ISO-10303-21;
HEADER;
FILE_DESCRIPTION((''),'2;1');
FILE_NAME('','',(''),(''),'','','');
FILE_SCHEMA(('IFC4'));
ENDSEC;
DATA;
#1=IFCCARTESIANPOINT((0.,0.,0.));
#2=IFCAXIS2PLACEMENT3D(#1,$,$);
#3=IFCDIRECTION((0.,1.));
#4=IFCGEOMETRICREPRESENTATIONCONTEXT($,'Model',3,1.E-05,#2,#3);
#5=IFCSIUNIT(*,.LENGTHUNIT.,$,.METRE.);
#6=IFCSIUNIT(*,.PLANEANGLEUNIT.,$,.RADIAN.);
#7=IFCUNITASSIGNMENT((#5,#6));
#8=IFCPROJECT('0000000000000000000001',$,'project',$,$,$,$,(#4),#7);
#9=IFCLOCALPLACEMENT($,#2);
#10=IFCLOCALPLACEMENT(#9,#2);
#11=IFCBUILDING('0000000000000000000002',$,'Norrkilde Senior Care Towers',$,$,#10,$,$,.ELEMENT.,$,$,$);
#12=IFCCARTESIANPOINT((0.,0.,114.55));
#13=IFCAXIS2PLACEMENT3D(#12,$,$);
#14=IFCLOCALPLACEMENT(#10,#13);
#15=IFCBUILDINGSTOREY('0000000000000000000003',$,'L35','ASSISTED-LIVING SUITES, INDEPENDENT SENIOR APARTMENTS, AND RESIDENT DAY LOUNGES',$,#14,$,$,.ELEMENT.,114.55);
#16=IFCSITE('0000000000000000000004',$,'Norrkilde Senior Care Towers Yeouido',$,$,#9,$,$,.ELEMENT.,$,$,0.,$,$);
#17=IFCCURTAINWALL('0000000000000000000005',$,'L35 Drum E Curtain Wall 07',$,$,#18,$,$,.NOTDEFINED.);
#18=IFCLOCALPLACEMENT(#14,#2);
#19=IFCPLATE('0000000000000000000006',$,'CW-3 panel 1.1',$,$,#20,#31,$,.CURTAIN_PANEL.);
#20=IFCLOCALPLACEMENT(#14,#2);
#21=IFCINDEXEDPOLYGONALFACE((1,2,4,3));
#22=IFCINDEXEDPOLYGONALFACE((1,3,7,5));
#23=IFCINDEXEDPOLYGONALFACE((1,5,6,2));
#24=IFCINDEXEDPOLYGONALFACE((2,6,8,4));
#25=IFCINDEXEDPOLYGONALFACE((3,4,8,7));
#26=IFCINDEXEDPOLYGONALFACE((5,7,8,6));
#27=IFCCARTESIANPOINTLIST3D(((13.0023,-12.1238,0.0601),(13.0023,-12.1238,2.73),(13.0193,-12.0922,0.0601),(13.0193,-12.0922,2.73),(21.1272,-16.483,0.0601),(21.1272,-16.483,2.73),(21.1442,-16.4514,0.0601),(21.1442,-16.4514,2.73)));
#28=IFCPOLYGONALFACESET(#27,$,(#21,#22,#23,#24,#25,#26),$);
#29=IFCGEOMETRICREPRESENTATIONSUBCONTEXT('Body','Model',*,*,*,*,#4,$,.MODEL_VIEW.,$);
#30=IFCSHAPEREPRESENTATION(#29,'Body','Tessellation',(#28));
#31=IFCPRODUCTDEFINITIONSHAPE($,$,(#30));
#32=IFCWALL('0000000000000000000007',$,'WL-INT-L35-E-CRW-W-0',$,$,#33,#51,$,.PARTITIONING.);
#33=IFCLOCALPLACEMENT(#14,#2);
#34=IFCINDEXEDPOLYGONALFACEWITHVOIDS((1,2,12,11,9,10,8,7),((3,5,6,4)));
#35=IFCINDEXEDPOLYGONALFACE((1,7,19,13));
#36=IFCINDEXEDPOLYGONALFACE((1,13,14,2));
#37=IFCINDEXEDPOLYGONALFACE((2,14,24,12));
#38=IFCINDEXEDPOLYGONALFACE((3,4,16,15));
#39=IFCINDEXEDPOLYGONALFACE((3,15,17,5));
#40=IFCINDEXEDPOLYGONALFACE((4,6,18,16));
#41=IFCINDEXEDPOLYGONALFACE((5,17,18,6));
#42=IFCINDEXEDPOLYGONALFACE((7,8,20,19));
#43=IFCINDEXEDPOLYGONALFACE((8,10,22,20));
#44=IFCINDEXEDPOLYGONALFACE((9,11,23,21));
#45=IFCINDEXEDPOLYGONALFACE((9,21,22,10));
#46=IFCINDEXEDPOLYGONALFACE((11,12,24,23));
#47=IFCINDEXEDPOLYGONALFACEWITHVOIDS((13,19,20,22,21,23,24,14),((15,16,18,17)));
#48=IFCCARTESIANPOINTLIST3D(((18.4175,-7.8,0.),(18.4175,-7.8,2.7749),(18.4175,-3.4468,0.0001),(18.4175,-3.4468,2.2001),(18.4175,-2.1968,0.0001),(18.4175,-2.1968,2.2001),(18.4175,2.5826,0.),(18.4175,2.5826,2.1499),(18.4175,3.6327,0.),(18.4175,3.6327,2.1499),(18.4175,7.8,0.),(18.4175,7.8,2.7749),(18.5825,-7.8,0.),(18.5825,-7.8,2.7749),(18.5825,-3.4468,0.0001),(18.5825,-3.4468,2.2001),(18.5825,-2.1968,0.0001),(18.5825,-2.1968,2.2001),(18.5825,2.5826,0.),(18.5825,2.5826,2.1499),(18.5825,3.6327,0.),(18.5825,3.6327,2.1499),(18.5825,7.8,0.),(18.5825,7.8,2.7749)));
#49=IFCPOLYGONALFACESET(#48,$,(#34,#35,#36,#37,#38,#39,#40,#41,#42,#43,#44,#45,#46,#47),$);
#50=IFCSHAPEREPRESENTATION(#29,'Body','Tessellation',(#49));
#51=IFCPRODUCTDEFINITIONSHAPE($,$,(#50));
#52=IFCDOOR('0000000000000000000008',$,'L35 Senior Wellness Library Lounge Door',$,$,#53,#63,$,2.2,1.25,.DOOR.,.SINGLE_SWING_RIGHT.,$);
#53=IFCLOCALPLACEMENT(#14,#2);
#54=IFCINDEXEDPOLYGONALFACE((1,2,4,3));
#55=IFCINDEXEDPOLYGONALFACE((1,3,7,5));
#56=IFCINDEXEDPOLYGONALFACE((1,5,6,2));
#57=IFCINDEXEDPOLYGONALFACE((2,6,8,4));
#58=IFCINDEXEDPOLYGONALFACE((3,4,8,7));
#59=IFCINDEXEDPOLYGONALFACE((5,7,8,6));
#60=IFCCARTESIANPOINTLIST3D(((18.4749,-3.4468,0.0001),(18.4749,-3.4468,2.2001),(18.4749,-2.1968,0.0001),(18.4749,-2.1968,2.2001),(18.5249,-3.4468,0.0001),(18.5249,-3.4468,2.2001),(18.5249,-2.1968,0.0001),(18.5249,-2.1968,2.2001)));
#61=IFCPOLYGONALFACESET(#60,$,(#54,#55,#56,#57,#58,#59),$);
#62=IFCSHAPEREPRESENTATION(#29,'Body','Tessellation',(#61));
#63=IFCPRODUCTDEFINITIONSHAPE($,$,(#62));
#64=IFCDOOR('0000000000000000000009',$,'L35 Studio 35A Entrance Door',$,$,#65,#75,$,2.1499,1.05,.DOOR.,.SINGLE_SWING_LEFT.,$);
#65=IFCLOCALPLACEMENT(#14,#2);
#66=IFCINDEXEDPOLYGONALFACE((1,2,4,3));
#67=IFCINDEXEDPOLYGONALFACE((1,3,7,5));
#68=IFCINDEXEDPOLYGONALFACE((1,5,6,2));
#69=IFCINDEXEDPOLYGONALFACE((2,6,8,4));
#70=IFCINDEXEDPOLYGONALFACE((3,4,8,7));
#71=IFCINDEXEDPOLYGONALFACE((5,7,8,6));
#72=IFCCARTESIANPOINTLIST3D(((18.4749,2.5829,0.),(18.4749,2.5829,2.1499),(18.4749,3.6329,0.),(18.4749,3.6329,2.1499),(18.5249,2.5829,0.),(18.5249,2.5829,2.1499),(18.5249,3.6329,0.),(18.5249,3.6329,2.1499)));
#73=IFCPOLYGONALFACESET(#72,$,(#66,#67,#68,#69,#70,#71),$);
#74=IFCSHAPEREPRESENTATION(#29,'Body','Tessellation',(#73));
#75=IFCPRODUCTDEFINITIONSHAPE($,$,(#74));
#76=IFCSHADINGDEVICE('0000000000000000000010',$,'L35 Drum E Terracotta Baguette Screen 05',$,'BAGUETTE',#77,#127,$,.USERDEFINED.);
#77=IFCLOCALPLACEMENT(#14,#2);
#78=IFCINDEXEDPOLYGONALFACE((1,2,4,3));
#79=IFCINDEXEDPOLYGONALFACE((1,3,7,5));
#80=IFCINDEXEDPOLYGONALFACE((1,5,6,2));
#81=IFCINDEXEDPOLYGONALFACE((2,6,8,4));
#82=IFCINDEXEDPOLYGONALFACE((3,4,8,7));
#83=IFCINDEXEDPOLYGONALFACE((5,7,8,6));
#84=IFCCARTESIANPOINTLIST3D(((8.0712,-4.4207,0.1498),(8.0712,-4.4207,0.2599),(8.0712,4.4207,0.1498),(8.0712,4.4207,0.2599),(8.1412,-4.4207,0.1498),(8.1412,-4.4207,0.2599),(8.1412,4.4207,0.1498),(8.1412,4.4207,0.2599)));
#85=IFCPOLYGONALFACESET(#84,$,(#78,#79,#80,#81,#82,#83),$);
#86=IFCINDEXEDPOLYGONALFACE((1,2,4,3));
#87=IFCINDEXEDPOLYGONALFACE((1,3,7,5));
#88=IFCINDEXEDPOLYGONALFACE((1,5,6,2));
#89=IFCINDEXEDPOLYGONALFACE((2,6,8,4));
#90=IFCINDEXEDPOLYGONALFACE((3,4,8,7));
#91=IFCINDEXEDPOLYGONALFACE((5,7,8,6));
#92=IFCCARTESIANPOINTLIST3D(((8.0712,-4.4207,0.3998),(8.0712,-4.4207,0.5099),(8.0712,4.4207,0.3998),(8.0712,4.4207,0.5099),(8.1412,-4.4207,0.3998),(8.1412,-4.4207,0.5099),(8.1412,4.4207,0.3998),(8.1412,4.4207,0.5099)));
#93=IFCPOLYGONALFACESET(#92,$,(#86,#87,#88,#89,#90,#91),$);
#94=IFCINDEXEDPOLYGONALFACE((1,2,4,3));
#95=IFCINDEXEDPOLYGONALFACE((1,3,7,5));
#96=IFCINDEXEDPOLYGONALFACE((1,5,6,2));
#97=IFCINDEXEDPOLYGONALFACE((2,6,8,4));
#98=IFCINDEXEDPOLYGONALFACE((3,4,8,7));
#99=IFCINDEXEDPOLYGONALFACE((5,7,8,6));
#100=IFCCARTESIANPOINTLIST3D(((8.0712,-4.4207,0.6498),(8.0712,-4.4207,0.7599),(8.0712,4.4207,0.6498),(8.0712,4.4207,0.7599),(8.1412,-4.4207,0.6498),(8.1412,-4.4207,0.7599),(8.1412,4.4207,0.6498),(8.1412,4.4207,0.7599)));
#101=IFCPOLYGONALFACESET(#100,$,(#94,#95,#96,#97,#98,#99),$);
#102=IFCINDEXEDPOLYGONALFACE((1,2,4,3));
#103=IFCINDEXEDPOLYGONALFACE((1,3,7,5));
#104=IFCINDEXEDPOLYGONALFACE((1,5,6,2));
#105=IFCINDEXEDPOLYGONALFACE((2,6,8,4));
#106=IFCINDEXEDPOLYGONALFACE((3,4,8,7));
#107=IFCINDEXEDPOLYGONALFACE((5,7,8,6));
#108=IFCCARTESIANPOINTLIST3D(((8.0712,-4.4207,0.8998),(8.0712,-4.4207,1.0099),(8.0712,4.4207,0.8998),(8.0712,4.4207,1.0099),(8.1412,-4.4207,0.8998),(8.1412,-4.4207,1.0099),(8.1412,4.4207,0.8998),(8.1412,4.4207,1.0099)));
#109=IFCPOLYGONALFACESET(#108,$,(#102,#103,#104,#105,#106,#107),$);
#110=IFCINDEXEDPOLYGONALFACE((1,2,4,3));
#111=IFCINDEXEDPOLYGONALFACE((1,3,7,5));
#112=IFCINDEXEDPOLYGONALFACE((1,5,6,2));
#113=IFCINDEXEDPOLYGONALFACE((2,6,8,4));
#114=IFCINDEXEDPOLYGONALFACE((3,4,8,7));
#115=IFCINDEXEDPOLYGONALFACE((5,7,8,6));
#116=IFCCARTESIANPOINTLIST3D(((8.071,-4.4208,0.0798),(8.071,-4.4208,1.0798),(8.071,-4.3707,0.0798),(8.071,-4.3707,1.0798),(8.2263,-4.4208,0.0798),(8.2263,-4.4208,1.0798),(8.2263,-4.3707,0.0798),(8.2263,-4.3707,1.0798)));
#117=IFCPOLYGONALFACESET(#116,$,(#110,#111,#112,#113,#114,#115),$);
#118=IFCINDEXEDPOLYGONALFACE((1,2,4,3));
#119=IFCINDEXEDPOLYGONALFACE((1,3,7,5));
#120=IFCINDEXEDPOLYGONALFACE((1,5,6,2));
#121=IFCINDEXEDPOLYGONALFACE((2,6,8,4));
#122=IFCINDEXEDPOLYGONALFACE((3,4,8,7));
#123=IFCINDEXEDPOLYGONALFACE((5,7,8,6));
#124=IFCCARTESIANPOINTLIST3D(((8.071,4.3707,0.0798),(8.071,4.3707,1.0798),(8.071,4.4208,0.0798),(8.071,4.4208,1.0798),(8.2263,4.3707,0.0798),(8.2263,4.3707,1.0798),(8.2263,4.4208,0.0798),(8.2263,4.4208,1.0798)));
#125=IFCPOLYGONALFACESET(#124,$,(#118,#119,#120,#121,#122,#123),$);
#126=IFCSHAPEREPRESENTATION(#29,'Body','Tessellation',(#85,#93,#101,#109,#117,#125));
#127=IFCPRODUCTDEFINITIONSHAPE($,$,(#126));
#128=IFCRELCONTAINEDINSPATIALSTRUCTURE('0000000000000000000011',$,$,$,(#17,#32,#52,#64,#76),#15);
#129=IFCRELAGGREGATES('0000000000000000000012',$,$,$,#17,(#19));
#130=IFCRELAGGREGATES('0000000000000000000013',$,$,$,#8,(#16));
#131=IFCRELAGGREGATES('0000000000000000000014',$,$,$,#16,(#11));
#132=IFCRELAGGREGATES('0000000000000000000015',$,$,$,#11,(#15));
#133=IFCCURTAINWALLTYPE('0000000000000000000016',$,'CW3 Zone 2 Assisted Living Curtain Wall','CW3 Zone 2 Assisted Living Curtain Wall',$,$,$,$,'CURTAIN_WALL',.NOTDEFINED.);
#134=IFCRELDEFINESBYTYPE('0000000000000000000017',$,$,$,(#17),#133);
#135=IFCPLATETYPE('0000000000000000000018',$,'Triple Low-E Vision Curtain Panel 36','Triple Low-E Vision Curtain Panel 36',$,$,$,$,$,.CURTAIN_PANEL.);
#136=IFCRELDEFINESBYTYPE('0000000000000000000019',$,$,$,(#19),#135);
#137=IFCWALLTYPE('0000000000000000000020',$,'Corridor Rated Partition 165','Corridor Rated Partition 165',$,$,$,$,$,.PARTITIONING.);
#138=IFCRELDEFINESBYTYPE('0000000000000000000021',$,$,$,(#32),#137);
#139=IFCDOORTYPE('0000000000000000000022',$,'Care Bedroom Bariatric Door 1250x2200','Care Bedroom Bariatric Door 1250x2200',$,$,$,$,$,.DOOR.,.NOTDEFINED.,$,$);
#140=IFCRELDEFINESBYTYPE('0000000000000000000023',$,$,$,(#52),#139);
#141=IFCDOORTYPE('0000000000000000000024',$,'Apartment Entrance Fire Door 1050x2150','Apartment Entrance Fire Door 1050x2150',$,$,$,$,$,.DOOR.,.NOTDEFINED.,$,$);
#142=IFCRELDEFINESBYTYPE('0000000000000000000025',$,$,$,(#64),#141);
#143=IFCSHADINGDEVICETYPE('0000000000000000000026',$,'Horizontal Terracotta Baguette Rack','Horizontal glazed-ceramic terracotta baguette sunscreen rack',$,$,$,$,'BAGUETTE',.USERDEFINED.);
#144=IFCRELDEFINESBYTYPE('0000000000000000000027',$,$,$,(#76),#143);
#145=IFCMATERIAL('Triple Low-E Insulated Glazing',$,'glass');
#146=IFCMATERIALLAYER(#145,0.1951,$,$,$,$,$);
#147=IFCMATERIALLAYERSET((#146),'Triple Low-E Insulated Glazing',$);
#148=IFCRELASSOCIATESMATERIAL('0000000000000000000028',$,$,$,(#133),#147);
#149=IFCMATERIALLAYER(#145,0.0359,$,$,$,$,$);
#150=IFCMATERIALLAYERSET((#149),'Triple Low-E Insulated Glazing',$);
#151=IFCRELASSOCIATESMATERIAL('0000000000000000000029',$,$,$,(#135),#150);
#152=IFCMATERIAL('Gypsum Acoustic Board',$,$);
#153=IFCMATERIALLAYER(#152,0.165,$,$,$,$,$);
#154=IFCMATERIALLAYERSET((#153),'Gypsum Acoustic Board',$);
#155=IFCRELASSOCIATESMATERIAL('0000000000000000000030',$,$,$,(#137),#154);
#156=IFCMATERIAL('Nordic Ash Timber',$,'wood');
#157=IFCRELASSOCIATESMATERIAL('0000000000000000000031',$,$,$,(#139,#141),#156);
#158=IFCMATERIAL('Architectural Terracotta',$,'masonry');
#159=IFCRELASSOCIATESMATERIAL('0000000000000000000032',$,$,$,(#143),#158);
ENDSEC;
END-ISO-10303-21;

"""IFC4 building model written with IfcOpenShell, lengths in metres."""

from ifc_helpers import new_model, si_unit, direction, frame, frame_2d, origin, origin_2d, place, context, subcontext, project, spatial, rectangle, extrude, source, transform, mapped, material, layer, layer_set, type_object, type_shapes, element, fill, aggregate, save


model = new_model("IFC4")

# Units and contexts
model_context = context("Model", 3, precision=1e-05, world=origin(), true_north=direction((0.0, 1.0)))
body_context = subcontext(model_context, "Body", "Model", "MODEL_VIEW")
ifc_project = project(units=[si_unit("LENGTHUNIT", "METRE"), si_unit("PLANEANGLEUNIT", "RADIAN")], contexts=[model_context])

# Site, building, storey
site_placement = place(None, origin())
site = spatial("IfcSite", under=ifc_project, at=site_placement, Name="Norrkilde Senior Care Towers Yeouido", CompositionType="ELEMENT", RefElevation=0.0)
building_placement = place(site_placement, origin())
building = spatial("IfcBuilding", under=site, at=building_placement, Name="Norrkilde Senior Care Towers", CompositionType="ELEMENT")
storey_placement = place(building_placement, frame((0.0, 0.0, 114.55)))
storey = spatial("IfcBuildingStorey", under=building, at=storey_placement, Name="L35", Description="ASSISTED-LIVING SUITES, INDEPENDENT SENIOR APARTMENTS, AND RESIDENT DAY LOUNGES", CompositionType="ELEMENT", Elevation=114.55)

# Shared definitions
ifc_material_1 = material(Name="Triple Low-E Insulated Glazing", Category="glass")
ifc_layer_1 = layer(ifc_material_1, 0.1951)
ifc_layer_set_1 = layer_set([ifc_layer_1], Name="Triple Low-E Insulated Glazing")
curtain_wall_type = type_object("IfcCurtainWallType", Name="CW3 Zone 2 Assisted Living Curtain Wall", Description="CW3 Zone 2 Assisted Living Curtain Wall", ElementType="CURTAIN_WALL", PredefinedType="NOTDEFINED", material=ifc_layer_set_1)

# Curtain wall
curtain_wall_1_placement = place(storey_placement, origin())
curtain_wall_1 = element("IfcCurtainWall", 1, at=curtain_wall_1_placement, inside=storey, type_object=curtain_wall_type, Name="L35 Drum E Curtain Wall 07", PredefinedType="NOTDEFINED")

# Plate
ifc_layer_2 = layer(ifc_material_1, 0.0359)
ifc_layer_set_2 = layer_set([ifc_layer_2], Name="Triple Low-E Insulated Glazing")
plate_type = type_object("IfcPlateType", Name="Triple Low-E Vision Curtain Panel 36", Description="Triple Low-E Vision Curtain Panel 36", PredefinedType="CURTAIN_PANEL", material=ifc_layer_set_2)
shared_shape_1 = source(origin(), body_context, "Body", "SweptSolid", [
    extrude(rectangle(XDim=9.2205, YDim=0.0359, at=origin_2d()), origin(), (0.0, 0.0, 1.0), 2.6699),
])
plate_1_placement = place(storey_placement, frame((17.0732, -14.2876, 0.0601), z_axis=(0.0, 0.0, 1.0), x_axis=(-0.881186, 0.472769, 0.0)))
plate_1 = element("IfcPlate", 2, at=plate_1_placement, type_object=plate_type, Name="CW-3 panel 1.1", PredefinedType="CURTAIN_PANEL", context=body_context, shape_type="MappedRepresentation", body=[
    mapped(shared_shape_1, transform((0.0, 0.0, 0.0), x_axis=(1.0, 0.0, 0.0), y_axis=(0.0, 1.0, 0.0), z_axis=(0.0, 0.0, 1.0), scale=1.0)),
])
aggregate(curtain_wall_1, [plate_1])

# Wall, openings, doors
ifc_material_2 = material(Name="Gypsum Acoustic Board")
ifc_layer_3 = layer(ifc_material_2, 0.165)
ifc_layer_set_3 = layer_set([ifc_layer_3], Name="Gypsum Acoustic Board")
wall_type_1 = type_object("IfcWallType", Name="Corridor Rated Partition 165", Description="Corridor Rated Partition 165", PredefinedType="PARTITIONING", material=ifc_layer_set_3)
shared_shape_2 = source(origin(), body_context, "Body", "SweptSolid", [
    extrude(rectangle(XDim=15.6001, YDim=0.165, at=frame_2d((7.8, 0.0))), origin(), (0.0, 0.0, 1.0), 2.7749),
])
type_shapes(wall_type_1, [shared_shape_2])
wall_1_placement = place(storey_placement, frame((18.5, -7.8, 0.0), z_axis=(0.0, 0.0, 1.0), x_axis=(0.0, 1.0, 0.0)))
wall_1 = element("IfcWall", 3, at=wall_1_placement, inside=storey, type_object=wall_type_1, Name="WL-INT-L35-E-CRW-W-0", PredefinedType="PARTITIONING", context=body_context, shape_type="MappedRepresentation", body=[
    mapped(shared_shape_2, transform((0.0, 0.0, 0.0), x_axis=(1.0, 0.0, 0.0), y_axis=(0.0, 1.0, 0.0), z_axis=(0.0, 0.0, 1.0), scale=1.0)),
])
opening_1_placement = place(wall_1_placement, frame((10.3828, 0.0, 0.0)))
opening_1 = element("IfcOpeningElement", 4, at=opening_1_placement, cuts=wall_1, PredefinedType="OPENING", context=body_context, shape_type="SweptSolid", body=[
    extrude(rectangle(XDim=1.05, YDim=2.1499, at=frame_2d((0.5249, 1.075))), frame((0.0, 0.0925, 0.0), z_axis=(0.0, -1.0, 0.0), x_axis=(1.0, 0.0, 0.0)), (0.0, 0.0, 1.0), 0.1851),
])
opening_2_placement = place(wall_1_placement, frame((4.3533, 0.0, 0.0)))
opening_2 = element("IfcOpeningElement", 5, at=opening_2_placement, cuts=wall_1, PredefinedType="OPENING", context=body_context, shape_type="SweptSolid", body=[
    extrude(rectangle(XDim=1.25, YDim=2.2, at=frame_2d((0.625, 1.1001))), frame((0.0, 0.0925, 0.0), z_axis=(0.0, -1.0, 0.0), x_axis=(1.0, 0.0, 0.0)), (0.0, 0.0, 1.0), 0.1851),
])
ifc_material_3 = material(Name="Nordic Ash Timber", Category="wood")
door_type_1 = type_object("IfcDoorType", Name="Care Bedroom Bariatric Door 1250x2200", Description="Care Bedroom Bariatric Door 1250x2200", OperationType="NOTDEFINED", PredefinedType="DOOR", material=ifc_material_3)
shared_shape_3 = source(origin(), body_context, "Body", "SweptSolid", [
    extrude(rectangle(XDim=1.25, YDim=2.2, at=frame_2d((0.625, 1.1001))), frame((0.0, 0.0249, 0.0), z_axis=(0.0, -1.0, 0.0), x_axis=(1.0, 0.0, 0.0)), (0.0, 0.0, 1.0), 0.05),
])
type_shapes(door_type_1, [shared_shape_3])
door_1_placement = place(opening_2_placement, frame((1.25, 0.0, 0.0), z_axis=(0.0, 0.0, 1.0), x_axis=(-1.0, 0.0, 0.0)))
door_1 = element("IfcDoor", 6, at=door_1_placement, inside=storey, type_object=door_type_1, Name="L35 Senior Wellness Library Lounge Door", OperationType="SINGLE_SWING_RIGHT", OverallHeight=2.2, OverallWidth=1.25, PredefinedType="DOOR", context=body_context, shape_type="MappedRepresentation", body=[
    mapped(shared_shape_3, transform((0.0, 0.0, 0.0), x_axis=(1.0, 0.0, 0.0), y_axis=(0.0, 1.0, 0.0), z_axis=(0.0, 0.0, 1.0), scale=1.0)),
])
fill(opening_2, door_1)
door_type_2 = type_object("IfcDoorType", Name="Apartment Entrance Fire Door 1050x2150", Description="Apartment Entrance Fire Door 1050x2150", OperationType="NOTDEFINED", PredefinedType="DOOR", material=ifc_material_3)
shared_shape_4 = source(origin(), body_context, "Body", "SweptSolid", [
    extrude(rectangle(XDim=1.05, YDim=2.1499, at=frame_2d((0.5249, 1.075))), frame((0.0, 0.0249, 0.0), z_axis=(0.0, -1.0, 0.0), x_axis=(1.0, 0.0, 0.0)), (0.0, 0.0, 1.0), 0.05),
])
type_shapes(door_type_2, [shared_shape_4])
door_2_placement = place(opening_1_placement, frame((1.05, 0.0, 0.0), z_axis=(0.0, 0.0, 1.0), x_axis=(-1.0, 0.0, 0.0)))
door_2 = element("IfcDoor", 7, at=door_2_placement, inside=storey, type_object=door_type_2, Name="L35 Studio 35A Entrance Door", OperationType="SINGLE_SWING_LEFT", OverallHeight=2.1499, OverallWidth=1.05, PredefinedType="DOOR", context=body_context, shape_type="MappedRepresentation", body=[
    mapped(shared_shape_4, transform((0.0, 0.0, 0.0), x_axis=(1.0, 0.0, 0.0), y_axis=(0.0, 1.0, 0.0), z_axis=(0.0, 0.0, 1.0), scale=1.0)),
])
fill(opening_1, door_2)

# Shading device
ifc_material_4 = material(Name="Architectural Terracotta", Category="masonry")
shading_device_type = type_object("IfcShadingDeviceType", Name="Horizontal Terracotta Baguette Rack", Description="Horizontal glazed-ceramic terracotta baguette sunscreen rack", ElementType="BAGUETTE", PredefinedType="USERDEFINED", material=ifc_material_4)
shared_shape_5 = source(origin(), body_context, "Body", "SweptSolid", [
    extrude(rectangle(XDim=0.0701, YDim=0.1101, at=origin_2d()), frame((0.0, 0.0901, 0.125), z_axis=(1.0, 0.0, 0.0), x_axis=(0.0, 1.0, 0.0)), (0.0, 0.0, 1.0), 8.8413),
    extrude(rectangle(XDim=0.0701, YDim=0.1101, at=origin_2d()), frame((0.0, 0.0901, 0.375), z_axis=(1.0, 0.0, 0.0), x_axis=(0.0, 1.0, 0.0)), (0.0, 0.0, 1.0), 8.8413),
    extrude(rectangle(XDim=0.0701, YDim=0.1101, at=origin_2d()), frame((0.0, 0.0901, 0.625), z_axis=(1.0, 0.0, 0.0), x_axis=(0.0, 1.0, 0.0)), (0.0, 0.0, 1.0), 8.8413),
    extrude(rectangle(XDim=0.0701, YDim=0.1101, at=origin_2d()), frame((0.0, 0.0901, 0.875), z_axis=(1.0, 0.0, 0.0), x_axis=(0.0, 1.0, 0.0)), (0.0, 0.0, 1.0), 8.8413),
    extrude(rectangle(XDim=0.05, YDim=0.1553, at=origin_2d()), frame((0.0249, 0.0476, 0.0)), (0.0, 0.0, 1.0), 1.0),
    extrude(rectangle(XDim=0.05, YDim=0.1553, at=origin_2d()), frame((8.8164, 0.0476, 0.0)), (0.0, 0.0, 1.0), 1.0),
])
type_shapes(shading_device_type, [shared_shape_5])
shading_device_placement = place(storey_placement, frame((8.1963, -4.4207, 0.0798), z_axis=(0.0, 0.0, 1.0), x_axis=(0.0, 1.0, 0.0)))
element("IfcShadingDevice", 8, at=shading_device_placement, inside=storey, type_object=shading_device_type, Name="L35 Drum E Terracotta Baguette Screen 05", ObjectType="BAGUETTE", PredefinedType="USERDEFINED", context=body_context, shape_type="MappedRepresentation", body=[
    mapped(shared_shape_5, transform((0.0, 0.0, 0.0), x_axis=(1.0, 0.0, 0.0), y_axis=(0.0, 1.0, 0.0), z_axis=(0.0, 0.0, 1.0), scale=1.0)),
])

save(model, "model.ifc")
